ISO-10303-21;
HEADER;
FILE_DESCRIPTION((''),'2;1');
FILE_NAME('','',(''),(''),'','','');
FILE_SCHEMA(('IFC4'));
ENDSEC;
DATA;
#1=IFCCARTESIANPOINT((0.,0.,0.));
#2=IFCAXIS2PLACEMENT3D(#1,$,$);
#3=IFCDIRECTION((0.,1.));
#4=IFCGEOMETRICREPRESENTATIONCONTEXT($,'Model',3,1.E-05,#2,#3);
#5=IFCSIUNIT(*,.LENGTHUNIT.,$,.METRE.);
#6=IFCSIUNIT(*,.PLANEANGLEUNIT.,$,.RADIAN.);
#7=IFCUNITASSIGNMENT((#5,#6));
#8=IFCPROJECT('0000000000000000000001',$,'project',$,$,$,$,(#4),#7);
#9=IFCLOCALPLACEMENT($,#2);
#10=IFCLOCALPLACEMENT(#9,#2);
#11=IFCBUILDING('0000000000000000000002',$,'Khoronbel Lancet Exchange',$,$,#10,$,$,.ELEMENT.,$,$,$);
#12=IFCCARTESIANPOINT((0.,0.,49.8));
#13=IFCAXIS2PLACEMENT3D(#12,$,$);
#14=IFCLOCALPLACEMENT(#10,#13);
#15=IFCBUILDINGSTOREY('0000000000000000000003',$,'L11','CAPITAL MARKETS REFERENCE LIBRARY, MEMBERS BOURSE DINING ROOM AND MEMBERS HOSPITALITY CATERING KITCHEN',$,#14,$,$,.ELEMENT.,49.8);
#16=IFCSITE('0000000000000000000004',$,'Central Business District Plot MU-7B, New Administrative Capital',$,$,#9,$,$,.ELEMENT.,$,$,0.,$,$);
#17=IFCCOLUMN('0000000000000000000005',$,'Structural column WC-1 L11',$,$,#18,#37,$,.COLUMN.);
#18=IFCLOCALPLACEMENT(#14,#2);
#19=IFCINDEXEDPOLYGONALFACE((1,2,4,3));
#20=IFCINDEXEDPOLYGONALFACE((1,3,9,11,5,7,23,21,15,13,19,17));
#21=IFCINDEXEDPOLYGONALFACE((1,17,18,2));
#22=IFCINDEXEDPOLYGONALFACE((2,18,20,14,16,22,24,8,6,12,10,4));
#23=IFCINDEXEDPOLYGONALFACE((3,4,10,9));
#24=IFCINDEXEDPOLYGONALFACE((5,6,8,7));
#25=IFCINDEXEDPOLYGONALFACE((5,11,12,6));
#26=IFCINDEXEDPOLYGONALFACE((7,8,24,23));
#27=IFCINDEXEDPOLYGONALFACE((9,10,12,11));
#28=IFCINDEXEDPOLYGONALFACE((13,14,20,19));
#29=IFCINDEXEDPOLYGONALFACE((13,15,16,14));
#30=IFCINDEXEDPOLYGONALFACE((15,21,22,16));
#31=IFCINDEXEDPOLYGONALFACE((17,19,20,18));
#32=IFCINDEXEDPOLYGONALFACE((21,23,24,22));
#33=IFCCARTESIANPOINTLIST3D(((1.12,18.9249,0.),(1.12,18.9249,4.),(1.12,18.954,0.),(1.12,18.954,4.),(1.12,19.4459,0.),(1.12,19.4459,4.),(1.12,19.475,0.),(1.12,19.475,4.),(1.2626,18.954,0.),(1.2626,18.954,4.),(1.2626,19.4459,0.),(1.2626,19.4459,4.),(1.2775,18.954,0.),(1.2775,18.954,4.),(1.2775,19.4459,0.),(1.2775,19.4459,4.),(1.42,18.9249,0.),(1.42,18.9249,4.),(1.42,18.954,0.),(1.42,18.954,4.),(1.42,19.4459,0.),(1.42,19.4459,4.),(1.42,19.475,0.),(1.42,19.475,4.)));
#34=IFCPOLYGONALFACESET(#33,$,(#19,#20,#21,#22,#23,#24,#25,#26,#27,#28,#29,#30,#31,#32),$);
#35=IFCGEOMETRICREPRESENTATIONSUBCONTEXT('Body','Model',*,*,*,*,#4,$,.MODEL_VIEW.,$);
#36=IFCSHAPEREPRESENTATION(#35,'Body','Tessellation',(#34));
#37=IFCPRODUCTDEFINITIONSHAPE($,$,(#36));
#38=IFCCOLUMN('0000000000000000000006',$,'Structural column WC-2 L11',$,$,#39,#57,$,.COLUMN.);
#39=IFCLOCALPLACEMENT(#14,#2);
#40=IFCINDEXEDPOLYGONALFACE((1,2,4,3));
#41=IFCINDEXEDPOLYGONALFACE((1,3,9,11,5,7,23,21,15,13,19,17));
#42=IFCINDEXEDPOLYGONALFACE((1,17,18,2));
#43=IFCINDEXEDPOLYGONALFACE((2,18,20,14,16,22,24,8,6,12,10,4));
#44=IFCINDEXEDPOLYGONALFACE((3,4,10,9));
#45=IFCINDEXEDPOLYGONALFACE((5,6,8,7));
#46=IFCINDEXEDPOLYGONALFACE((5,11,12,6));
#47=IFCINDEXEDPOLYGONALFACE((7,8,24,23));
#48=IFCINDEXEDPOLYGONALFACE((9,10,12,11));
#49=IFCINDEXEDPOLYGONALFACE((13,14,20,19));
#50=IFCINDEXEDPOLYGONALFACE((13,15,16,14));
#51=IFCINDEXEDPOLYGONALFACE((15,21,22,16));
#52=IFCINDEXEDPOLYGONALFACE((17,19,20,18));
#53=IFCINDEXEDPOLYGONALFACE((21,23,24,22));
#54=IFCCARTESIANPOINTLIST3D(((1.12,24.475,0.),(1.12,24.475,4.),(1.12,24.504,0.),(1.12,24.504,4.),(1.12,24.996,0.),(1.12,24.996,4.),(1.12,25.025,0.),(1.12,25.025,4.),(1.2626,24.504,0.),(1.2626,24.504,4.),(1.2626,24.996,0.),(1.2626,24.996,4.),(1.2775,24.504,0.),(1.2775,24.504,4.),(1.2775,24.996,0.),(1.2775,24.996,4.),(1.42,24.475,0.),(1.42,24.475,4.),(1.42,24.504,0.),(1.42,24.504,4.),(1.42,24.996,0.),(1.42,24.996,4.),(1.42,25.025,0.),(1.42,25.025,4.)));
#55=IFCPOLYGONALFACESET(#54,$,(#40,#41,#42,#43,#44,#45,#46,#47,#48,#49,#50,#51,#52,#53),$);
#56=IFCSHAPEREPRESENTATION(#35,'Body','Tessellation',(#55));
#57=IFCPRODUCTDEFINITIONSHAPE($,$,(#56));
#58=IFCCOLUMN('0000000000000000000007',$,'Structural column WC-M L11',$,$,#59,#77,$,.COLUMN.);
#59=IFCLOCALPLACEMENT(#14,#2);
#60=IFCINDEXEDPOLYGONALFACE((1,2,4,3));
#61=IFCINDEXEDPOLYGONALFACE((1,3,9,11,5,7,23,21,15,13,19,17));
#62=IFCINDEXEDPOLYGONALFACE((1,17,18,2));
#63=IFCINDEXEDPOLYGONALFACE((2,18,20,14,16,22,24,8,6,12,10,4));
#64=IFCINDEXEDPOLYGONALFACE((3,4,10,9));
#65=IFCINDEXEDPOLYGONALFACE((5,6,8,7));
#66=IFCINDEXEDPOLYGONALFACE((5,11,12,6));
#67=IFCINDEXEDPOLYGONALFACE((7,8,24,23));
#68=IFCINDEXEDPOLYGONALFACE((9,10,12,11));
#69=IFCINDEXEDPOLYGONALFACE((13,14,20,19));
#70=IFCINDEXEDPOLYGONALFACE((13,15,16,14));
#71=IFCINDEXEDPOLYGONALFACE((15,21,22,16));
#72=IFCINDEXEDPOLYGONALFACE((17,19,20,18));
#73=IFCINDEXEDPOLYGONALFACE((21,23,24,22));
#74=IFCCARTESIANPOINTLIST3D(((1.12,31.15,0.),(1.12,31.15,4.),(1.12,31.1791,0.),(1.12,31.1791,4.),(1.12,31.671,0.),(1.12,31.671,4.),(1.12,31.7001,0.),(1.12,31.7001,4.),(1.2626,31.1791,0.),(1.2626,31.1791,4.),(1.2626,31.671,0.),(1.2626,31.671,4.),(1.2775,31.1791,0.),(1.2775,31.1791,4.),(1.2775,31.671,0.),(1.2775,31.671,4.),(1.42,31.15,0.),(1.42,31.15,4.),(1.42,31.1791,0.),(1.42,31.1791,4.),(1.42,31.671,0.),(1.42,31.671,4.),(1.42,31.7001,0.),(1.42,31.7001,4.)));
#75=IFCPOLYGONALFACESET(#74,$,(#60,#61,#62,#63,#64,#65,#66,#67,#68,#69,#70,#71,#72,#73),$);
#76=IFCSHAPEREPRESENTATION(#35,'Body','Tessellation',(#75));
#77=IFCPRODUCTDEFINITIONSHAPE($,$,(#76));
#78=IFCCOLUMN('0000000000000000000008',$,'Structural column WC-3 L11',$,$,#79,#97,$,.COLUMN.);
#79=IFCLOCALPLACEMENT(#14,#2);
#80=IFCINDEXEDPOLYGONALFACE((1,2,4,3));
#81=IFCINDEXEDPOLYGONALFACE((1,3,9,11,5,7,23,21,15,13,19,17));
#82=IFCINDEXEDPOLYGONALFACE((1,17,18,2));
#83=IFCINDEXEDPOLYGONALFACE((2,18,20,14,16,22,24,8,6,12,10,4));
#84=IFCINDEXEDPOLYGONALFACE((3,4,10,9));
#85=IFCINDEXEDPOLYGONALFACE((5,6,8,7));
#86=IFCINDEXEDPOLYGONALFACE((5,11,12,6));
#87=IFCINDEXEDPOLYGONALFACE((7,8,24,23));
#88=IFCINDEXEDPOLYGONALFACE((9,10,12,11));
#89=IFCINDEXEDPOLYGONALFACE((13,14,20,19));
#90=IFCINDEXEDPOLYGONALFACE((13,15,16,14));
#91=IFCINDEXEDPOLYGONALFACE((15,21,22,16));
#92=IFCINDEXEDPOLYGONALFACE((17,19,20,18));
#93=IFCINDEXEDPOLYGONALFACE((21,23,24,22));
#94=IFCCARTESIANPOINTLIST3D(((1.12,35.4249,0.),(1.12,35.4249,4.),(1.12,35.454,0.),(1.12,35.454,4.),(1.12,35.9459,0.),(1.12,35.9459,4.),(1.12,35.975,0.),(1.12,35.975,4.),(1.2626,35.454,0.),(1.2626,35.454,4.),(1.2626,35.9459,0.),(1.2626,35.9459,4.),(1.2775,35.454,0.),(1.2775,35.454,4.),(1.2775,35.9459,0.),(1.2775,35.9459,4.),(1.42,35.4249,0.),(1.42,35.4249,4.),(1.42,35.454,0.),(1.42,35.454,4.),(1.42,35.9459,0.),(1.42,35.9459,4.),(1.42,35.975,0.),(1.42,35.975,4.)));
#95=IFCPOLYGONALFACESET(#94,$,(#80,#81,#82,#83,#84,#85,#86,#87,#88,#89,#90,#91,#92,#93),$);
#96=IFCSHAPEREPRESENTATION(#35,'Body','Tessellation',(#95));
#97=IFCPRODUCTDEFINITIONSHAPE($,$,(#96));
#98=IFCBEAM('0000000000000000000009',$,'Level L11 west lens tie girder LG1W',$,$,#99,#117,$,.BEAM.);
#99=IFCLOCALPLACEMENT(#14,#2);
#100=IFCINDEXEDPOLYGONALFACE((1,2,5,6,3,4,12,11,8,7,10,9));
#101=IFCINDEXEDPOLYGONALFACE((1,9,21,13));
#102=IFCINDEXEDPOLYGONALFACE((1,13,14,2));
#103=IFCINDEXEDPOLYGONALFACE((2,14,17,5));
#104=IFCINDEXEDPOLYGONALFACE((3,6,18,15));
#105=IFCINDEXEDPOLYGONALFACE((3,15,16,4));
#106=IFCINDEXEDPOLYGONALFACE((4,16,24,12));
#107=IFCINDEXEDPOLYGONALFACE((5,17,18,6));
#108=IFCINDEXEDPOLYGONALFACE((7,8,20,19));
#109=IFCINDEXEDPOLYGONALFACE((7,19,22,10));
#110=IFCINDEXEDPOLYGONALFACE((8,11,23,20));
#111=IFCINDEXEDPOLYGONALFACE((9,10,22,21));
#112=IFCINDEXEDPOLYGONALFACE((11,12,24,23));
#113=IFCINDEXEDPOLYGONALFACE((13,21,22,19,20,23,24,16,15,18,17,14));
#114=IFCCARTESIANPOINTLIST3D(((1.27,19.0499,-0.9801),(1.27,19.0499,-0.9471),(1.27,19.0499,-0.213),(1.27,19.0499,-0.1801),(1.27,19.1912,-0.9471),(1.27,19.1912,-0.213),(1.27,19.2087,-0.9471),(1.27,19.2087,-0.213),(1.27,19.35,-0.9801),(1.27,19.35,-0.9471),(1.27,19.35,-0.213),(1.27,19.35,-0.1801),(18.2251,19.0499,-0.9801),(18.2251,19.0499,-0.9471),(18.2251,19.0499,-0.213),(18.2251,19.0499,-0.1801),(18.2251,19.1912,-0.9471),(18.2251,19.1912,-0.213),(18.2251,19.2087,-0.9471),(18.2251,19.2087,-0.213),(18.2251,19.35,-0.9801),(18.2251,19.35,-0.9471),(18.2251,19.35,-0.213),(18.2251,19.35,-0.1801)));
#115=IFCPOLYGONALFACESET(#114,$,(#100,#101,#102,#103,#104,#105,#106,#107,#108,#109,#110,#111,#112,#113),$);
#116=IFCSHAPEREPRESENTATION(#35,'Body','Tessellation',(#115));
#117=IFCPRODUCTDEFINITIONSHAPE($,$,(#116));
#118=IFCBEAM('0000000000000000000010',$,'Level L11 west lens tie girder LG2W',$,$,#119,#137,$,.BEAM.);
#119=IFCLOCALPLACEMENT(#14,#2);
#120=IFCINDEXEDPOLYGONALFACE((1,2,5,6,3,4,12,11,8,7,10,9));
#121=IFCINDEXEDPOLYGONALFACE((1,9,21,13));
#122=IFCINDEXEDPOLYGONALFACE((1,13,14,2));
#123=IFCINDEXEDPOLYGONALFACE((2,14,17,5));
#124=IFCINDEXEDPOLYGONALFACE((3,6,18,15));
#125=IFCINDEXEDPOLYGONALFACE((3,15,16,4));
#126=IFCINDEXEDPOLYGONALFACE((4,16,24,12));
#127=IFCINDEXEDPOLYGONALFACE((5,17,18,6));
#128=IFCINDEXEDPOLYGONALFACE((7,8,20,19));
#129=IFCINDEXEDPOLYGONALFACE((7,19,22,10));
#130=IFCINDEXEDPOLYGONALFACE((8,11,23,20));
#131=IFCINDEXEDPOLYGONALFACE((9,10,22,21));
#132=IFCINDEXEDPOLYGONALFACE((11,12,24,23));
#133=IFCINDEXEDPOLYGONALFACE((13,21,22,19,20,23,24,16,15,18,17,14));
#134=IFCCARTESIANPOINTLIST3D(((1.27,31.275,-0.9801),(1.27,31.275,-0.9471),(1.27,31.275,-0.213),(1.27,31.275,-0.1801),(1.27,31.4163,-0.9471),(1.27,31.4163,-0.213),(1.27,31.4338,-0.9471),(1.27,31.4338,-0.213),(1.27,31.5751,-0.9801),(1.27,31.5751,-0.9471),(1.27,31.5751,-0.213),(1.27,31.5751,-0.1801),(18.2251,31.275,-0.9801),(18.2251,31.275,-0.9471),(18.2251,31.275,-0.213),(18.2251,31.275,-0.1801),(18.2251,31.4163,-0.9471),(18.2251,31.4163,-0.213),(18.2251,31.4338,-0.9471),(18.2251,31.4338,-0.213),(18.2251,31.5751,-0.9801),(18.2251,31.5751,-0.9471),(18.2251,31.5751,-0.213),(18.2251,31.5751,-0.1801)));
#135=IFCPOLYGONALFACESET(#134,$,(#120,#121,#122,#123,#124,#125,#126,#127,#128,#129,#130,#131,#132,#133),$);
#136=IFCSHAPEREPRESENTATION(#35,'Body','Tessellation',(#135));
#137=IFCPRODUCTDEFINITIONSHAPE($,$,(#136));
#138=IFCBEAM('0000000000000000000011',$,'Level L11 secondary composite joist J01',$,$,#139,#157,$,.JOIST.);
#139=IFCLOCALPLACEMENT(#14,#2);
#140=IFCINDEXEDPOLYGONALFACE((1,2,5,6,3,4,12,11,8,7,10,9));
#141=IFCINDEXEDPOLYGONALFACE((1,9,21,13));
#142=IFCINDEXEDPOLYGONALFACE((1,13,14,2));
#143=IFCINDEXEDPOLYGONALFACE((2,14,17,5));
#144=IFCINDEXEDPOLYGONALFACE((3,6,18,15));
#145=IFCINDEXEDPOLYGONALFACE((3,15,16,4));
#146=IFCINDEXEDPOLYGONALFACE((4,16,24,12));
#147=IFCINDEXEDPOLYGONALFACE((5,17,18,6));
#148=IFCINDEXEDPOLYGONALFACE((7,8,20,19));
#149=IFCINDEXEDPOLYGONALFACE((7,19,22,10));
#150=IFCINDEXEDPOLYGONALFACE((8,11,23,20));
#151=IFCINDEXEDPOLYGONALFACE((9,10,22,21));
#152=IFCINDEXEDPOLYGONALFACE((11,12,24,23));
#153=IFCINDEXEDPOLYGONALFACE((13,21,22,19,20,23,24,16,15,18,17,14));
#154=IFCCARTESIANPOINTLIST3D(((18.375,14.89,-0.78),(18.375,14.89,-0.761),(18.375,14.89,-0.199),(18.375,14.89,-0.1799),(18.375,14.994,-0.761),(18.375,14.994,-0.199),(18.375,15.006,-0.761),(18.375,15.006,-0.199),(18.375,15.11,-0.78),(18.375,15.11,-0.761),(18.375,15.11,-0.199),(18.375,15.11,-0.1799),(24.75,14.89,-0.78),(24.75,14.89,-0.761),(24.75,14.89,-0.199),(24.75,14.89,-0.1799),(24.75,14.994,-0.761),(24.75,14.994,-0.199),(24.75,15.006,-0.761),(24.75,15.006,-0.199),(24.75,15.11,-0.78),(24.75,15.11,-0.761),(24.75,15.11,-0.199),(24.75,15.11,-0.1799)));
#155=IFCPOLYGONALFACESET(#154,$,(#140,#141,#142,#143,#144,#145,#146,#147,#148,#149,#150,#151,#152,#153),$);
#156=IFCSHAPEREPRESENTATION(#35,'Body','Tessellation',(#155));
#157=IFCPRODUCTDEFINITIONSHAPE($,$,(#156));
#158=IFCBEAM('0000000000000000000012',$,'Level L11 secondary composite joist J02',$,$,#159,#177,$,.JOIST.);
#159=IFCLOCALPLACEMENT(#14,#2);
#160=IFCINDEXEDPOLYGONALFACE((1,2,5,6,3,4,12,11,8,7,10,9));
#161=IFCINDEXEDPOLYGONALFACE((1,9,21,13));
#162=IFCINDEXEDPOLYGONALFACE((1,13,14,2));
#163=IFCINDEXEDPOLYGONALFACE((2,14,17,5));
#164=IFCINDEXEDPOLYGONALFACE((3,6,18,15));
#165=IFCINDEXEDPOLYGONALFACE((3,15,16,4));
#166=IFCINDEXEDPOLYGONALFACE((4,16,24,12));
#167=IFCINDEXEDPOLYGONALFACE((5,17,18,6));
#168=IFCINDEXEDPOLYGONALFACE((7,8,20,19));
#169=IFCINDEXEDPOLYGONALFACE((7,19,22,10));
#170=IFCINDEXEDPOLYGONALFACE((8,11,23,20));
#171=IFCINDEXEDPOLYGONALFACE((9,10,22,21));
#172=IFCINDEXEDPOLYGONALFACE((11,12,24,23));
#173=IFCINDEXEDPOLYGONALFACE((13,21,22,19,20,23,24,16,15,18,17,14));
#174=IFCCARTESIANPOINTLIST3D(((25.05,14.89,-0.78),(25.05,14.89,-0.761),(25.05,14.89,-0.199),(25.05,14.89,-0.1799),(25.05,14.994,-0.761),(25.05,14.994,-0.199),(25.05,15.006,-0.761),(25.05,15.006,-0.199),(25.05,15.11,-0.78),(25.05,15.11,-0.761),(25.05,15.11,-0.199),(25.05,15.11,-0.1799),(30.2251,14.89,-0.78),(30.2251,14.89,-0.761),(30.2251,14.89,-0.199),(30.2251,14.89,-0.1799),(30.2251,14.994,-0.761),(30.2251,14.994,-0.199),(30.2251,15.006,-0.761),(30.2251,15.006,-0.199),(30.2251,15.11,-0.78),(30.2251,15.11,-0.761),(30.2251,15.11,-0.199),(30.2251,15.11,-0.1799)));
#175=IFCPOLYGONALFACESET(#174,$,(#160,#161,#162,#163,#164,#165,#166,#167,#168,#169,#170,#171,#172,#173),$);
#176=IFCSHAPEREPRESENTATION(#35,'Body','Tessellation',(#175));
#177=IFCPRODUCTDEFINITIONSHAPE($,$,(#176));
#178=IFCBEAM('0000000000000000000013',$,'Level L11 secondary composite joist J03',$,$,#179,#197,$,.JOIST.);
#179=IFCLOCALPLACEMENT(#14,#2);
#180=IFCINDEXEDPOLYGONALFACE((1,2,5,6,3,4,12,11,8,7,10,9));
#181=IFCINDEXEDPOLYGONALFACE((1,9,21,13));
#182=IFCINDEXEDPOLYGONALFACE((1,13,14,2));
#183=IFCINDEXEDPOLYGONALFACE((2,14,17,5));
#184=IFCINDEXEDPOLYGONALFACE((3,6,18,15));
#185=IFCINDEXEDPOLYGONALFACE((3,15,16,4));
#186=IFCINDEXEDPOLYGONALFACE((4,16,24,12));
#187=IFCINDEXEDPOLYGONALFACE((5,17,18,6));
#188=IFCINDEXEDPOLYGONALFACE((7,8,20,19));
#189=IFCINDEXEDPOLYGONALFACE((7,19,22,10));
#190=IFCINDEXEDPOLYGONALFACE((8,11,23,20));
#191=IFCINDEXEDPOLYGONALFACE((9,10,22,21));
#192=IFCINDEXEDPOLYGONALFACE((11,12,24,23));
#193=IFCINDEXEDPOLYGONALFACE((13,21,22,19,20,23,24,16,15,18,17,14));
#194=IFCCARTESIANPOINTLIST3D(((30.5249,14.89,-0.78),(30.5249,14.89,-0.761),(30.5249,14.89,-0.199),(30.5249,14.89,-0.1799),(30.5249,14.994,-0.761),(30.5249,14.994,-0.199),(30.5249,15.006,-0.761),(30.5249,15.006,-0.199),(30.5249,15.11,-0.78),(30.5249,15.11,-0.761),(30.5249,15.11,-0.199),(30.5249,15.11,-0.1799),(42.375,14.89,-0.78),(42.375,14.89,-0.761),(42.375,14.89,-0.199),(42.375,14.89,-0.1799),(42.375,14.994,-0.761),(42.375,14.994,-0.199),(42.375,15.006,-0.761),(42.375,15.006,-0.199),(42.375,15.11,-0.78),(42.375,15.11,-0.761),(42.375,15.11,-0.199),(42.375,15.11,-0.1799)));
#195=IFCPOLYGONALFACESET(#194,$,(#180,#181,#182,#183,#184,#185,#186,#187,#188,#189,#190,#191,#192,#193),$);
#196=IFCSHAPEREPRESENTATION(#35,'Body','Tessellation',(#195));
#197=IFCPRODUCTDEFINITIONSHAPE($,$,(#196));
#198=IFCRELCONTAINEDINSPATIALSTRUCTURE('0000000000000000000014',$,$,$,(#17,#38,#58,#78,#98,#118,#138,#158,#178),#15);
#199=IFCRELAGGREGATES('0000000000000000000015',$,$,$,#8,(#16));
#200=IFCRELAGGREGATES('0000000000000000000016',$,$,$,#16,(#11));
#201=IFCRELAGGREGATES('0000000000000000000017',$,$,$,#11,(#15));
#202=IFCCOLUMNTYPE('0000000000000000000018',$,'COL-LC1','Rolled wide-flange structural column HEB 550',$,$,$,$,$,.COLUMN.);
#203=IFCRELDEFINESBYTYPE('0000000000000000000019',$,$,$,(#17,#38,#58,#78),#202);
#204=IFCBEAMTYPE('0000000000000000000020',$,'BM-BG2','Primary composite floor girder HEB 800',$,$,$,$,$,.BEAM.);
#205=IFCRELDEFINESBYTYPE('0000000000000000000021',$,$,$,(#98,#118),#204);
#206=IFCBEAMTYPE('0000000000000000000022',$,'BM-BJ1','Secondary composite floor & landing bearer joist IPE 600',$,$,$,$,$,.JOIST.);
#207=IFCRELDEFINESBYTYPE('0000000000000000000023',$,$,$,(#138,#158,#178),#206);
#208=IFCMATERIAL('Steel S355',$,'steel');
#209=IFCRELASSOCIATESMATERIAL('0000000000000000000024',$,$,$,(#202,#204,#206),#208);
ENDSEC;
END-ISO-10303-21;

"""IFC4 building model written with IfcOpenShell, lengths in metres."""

from ifc_helpers import new_model, si_unit, direction, frame, origin, origin_2d, place, context, subcontext, project, spatial, i_section, extrude, material, material_profile, profile_set, type_object, element, save


model = new_model("IFC4")

# Units and contexts
model_context = context("Model", 3, precision=1e-05, world=origin(), true_north=direction((0.0, 1.0)))
body_context = subcontext(model_context, "Body", "Model", "MODEL_VIEW")
ifc_project = project(units=[si_unit("LENGTHUNIT", "METRE"), si_unit("PLANEANGLEUNIT", "RADIAN")], contexts=[model_context])

# Site, building, storey
site_placement = place(None, origin())
site = spatial("IfcSite", under=ifc_project, at=site_placement, Name="Central Business District Plot MU-7B, New Administrative Capital", CompositionType="ELEMENT", RefElevation=0.0)
building_placement = place(site_placement, origin())
building = spatial("IfcBuilding", under=site, at=building_placement, Name="Khoronbel Lancet Exchange", CompositionType="ELEMENT")
storey_placement = place(building_placement, frame((0.0, 0.0, 49.8)))
storey = spatial("IfcBuildingStorey", under=building, at=storey_placement, Name="L11", Description="CAPITAL MARKETS REFERENCE LIBRARY, MEMBERS BOURSE DINING ROOM AND MEMBERS HOSPITALITY CATERING KITCHEN", CompositionType="ELEMENT", Elevation=49.8)

# Columns
ifc_material_1 = material(Name="Steel S355", Category="steel")
ifc_material_profile_1 = material_profile(ifc_material_1, i_section(OverallWidth=0.3, OverallDepth=0.55, WebThickness=0.0149, FlangeThickness=0.0291, at=origin_2d()), Name="HEB 550")
ifc_profile_set_1 = profile_set([ifc_material_profile_1], Name="Steel S355")
column_type = type_object("IfcColumnType", Name="COL-LC1", Description="Rolled wide-flange structural column HEB 550", PredefinedType="COLUMN", material=ifc_profile_set_1)
for number, where, z_axis, x_axis, name in (
    (1, (1.27, 19.2, 0.0), (0.0, 0.0, 1.0), (1.0, 0.0, 0.0), "Structural column WC-1 L11"),
    (2, (1.27, 24.75, 0.0), (0.0, 0.0, 1.0), (1.0, 0.0, 0.0), "Structural column WC-2 L11"),
    (3, (1.27, 31.425, 0.0), (0.0, 0.0, 1.0), (1.0, 0.0, 0.0), "Structural column WC-M L11"),
    (4, (1.27, 35.7, 0.0), (0.0, 0.0, 1.0), (1.0, 0.0, 0.0), "Structural column WC-3 L11"),
):
    element("IfcColumn", number, at=place(storey_placement, frame(where, z_axis=z_axis, x_axis=x_axis)), inside=storey, type_object=column_type, Name=name, PredefinedType="COLUMN", context=body_context, shape_type="SweptSolid", body=[
        extrude(i_section(OverallWidth=0.3, OverallDepth=0.55, WebThickness=0.0149, FlangeThickness=0.0291, at=origin_2d()), origin(), (0.0, 0.0, 1.0), 4.0),
    ])

# Beams
ifc_material_profile_2 = material_profile(ifc_material_1, i_section(OverallWidth=0.3, OverallDepth=0.8, WebThickness=0.0176, FlangeThickness=0.033, at=origin_2d()), Name="HEB 800")
ifc_profile_set_2 = profile_set([ifc_material_profile_2], Name="Steel S355")
beam_type_1 = type_object("IfcBeamType", Name="BM-BG2", Description="Primary composite floor girder HEB 800", PredefinedType="BEAM", material=ifc_profile_set_2)
for number, where, z_axis, x_axis, name in (
    (5, (1.27, 19.2, -0.5801), (1.0, 0.0, 0.0), (0.0, 1.0, 0.0), "Level L11 west lens tie girder LG1W"),
    (6, (1.27, 31.425, -0.5801), (1.0, 0.0, 0.0), (0.0, 1.0, 0.0), "Level L11 west lens tie girder LG2W"),
):
    element("IfcBeam", number, at=place(storey_placement, frame(where, z_axis=z_axis, x_axis=x_axis)), inside=storey, type_object=beam_type_1, Name=name, PredefinedType="BEAM", context=body_context, shape_type="SweptSolid", body=[
        extrude(i_section(OverallWidth=0.3, OverallDepth=0.8, WebThickness=0.0176, FlangeThickness=0.033, at=origin_2d()), origin(), (0.0, 0.0, 1.0), 16.9551),
    ])
ifc_material_profile_3 = material_profile(ifc_material_1, i_section(OverallWidth=0.22, OverallDepth=0.6001, WebThickness=0.012, FlangeThickness=0.019, at=origin_2d()), Name="IPE 600")
ifc_profile_set_3 = profile_set([ifc_material_profile_3], Name="Steel S355")
beam_type_2 = type_object("IfcBeamType", Name="BM-BJ1", Description="Secondary composite floor & landing bearer joist IPE 600", PredefinedType="JOIST", material=ifc_profile_set_3)
beam_1_placement = place(storey_placement, frame((18.375, 15.0, -0.48), z_axis=(1.0, 0.0, 0.0), x_axis=(0.0, 1.0, 0.0)))
element("IfcBeam", 7, at=beam_1_placement, inside=storey, type_object=beam_type_2, Name="Level L11 secondary composite joist J01", PredefinedType="JOIST", context=body_context, shape_type="SweptSolid", body=[
    extrude(i_section(OverallWidth=0.22, OverallDepth=0.6001, WebThickness=0.012, FlangeThickness=0.019, at=origin_2d()), origin(), (0.0, 0.0, 1.0), 6.375),
])
beam_2_placement = place(storey_placement, frame((25.05, 15.0, -0.48), z_axis=(1.0, 0.0, 0.0), x_axis=(0.0, 1.0, 0.0)))
element("IfcBeam", 8, at=beam_2_placement, inside=storey, type_object=beam_type_2, Name="Level L11 secondary composite joist J02", PredefinedType="JOIST", context=body_context, shape_type="SweptSolid", body=[
    extrude(i_section(OverallWidth=0.22, OverallDepth=0.6001, WebThickness=0.012, FlangeThickness=0.019, at=origin_2d()), origin(), (0.0, 0.0, 1.0), 5.175),
])
beam_3_placement = place(storey_placement, frame((30.5249, 15.0, -0.48), z_axis=(1.0, 0.0, 0.0), x_axis=(0.0, 1.0, 0.0)))
element("IfcBeam", 9, at=beam_3_placement, inside=storey, type_object=beam_type_2, Name="Level L11 secondary composite joist J03", PredefinedType="JOIST", context=body_context, shape_type="SweptSolid", body=[
    extrude(i_section(OverallWidth=0.22, OverallDepth=0.6001, WebThickness=0.012, FlangeThickness=0.019, at=origin_2d()), origin(), (0.0, 0.0, 1.0), 11.8501),
])

save(model, "model.ifc")
